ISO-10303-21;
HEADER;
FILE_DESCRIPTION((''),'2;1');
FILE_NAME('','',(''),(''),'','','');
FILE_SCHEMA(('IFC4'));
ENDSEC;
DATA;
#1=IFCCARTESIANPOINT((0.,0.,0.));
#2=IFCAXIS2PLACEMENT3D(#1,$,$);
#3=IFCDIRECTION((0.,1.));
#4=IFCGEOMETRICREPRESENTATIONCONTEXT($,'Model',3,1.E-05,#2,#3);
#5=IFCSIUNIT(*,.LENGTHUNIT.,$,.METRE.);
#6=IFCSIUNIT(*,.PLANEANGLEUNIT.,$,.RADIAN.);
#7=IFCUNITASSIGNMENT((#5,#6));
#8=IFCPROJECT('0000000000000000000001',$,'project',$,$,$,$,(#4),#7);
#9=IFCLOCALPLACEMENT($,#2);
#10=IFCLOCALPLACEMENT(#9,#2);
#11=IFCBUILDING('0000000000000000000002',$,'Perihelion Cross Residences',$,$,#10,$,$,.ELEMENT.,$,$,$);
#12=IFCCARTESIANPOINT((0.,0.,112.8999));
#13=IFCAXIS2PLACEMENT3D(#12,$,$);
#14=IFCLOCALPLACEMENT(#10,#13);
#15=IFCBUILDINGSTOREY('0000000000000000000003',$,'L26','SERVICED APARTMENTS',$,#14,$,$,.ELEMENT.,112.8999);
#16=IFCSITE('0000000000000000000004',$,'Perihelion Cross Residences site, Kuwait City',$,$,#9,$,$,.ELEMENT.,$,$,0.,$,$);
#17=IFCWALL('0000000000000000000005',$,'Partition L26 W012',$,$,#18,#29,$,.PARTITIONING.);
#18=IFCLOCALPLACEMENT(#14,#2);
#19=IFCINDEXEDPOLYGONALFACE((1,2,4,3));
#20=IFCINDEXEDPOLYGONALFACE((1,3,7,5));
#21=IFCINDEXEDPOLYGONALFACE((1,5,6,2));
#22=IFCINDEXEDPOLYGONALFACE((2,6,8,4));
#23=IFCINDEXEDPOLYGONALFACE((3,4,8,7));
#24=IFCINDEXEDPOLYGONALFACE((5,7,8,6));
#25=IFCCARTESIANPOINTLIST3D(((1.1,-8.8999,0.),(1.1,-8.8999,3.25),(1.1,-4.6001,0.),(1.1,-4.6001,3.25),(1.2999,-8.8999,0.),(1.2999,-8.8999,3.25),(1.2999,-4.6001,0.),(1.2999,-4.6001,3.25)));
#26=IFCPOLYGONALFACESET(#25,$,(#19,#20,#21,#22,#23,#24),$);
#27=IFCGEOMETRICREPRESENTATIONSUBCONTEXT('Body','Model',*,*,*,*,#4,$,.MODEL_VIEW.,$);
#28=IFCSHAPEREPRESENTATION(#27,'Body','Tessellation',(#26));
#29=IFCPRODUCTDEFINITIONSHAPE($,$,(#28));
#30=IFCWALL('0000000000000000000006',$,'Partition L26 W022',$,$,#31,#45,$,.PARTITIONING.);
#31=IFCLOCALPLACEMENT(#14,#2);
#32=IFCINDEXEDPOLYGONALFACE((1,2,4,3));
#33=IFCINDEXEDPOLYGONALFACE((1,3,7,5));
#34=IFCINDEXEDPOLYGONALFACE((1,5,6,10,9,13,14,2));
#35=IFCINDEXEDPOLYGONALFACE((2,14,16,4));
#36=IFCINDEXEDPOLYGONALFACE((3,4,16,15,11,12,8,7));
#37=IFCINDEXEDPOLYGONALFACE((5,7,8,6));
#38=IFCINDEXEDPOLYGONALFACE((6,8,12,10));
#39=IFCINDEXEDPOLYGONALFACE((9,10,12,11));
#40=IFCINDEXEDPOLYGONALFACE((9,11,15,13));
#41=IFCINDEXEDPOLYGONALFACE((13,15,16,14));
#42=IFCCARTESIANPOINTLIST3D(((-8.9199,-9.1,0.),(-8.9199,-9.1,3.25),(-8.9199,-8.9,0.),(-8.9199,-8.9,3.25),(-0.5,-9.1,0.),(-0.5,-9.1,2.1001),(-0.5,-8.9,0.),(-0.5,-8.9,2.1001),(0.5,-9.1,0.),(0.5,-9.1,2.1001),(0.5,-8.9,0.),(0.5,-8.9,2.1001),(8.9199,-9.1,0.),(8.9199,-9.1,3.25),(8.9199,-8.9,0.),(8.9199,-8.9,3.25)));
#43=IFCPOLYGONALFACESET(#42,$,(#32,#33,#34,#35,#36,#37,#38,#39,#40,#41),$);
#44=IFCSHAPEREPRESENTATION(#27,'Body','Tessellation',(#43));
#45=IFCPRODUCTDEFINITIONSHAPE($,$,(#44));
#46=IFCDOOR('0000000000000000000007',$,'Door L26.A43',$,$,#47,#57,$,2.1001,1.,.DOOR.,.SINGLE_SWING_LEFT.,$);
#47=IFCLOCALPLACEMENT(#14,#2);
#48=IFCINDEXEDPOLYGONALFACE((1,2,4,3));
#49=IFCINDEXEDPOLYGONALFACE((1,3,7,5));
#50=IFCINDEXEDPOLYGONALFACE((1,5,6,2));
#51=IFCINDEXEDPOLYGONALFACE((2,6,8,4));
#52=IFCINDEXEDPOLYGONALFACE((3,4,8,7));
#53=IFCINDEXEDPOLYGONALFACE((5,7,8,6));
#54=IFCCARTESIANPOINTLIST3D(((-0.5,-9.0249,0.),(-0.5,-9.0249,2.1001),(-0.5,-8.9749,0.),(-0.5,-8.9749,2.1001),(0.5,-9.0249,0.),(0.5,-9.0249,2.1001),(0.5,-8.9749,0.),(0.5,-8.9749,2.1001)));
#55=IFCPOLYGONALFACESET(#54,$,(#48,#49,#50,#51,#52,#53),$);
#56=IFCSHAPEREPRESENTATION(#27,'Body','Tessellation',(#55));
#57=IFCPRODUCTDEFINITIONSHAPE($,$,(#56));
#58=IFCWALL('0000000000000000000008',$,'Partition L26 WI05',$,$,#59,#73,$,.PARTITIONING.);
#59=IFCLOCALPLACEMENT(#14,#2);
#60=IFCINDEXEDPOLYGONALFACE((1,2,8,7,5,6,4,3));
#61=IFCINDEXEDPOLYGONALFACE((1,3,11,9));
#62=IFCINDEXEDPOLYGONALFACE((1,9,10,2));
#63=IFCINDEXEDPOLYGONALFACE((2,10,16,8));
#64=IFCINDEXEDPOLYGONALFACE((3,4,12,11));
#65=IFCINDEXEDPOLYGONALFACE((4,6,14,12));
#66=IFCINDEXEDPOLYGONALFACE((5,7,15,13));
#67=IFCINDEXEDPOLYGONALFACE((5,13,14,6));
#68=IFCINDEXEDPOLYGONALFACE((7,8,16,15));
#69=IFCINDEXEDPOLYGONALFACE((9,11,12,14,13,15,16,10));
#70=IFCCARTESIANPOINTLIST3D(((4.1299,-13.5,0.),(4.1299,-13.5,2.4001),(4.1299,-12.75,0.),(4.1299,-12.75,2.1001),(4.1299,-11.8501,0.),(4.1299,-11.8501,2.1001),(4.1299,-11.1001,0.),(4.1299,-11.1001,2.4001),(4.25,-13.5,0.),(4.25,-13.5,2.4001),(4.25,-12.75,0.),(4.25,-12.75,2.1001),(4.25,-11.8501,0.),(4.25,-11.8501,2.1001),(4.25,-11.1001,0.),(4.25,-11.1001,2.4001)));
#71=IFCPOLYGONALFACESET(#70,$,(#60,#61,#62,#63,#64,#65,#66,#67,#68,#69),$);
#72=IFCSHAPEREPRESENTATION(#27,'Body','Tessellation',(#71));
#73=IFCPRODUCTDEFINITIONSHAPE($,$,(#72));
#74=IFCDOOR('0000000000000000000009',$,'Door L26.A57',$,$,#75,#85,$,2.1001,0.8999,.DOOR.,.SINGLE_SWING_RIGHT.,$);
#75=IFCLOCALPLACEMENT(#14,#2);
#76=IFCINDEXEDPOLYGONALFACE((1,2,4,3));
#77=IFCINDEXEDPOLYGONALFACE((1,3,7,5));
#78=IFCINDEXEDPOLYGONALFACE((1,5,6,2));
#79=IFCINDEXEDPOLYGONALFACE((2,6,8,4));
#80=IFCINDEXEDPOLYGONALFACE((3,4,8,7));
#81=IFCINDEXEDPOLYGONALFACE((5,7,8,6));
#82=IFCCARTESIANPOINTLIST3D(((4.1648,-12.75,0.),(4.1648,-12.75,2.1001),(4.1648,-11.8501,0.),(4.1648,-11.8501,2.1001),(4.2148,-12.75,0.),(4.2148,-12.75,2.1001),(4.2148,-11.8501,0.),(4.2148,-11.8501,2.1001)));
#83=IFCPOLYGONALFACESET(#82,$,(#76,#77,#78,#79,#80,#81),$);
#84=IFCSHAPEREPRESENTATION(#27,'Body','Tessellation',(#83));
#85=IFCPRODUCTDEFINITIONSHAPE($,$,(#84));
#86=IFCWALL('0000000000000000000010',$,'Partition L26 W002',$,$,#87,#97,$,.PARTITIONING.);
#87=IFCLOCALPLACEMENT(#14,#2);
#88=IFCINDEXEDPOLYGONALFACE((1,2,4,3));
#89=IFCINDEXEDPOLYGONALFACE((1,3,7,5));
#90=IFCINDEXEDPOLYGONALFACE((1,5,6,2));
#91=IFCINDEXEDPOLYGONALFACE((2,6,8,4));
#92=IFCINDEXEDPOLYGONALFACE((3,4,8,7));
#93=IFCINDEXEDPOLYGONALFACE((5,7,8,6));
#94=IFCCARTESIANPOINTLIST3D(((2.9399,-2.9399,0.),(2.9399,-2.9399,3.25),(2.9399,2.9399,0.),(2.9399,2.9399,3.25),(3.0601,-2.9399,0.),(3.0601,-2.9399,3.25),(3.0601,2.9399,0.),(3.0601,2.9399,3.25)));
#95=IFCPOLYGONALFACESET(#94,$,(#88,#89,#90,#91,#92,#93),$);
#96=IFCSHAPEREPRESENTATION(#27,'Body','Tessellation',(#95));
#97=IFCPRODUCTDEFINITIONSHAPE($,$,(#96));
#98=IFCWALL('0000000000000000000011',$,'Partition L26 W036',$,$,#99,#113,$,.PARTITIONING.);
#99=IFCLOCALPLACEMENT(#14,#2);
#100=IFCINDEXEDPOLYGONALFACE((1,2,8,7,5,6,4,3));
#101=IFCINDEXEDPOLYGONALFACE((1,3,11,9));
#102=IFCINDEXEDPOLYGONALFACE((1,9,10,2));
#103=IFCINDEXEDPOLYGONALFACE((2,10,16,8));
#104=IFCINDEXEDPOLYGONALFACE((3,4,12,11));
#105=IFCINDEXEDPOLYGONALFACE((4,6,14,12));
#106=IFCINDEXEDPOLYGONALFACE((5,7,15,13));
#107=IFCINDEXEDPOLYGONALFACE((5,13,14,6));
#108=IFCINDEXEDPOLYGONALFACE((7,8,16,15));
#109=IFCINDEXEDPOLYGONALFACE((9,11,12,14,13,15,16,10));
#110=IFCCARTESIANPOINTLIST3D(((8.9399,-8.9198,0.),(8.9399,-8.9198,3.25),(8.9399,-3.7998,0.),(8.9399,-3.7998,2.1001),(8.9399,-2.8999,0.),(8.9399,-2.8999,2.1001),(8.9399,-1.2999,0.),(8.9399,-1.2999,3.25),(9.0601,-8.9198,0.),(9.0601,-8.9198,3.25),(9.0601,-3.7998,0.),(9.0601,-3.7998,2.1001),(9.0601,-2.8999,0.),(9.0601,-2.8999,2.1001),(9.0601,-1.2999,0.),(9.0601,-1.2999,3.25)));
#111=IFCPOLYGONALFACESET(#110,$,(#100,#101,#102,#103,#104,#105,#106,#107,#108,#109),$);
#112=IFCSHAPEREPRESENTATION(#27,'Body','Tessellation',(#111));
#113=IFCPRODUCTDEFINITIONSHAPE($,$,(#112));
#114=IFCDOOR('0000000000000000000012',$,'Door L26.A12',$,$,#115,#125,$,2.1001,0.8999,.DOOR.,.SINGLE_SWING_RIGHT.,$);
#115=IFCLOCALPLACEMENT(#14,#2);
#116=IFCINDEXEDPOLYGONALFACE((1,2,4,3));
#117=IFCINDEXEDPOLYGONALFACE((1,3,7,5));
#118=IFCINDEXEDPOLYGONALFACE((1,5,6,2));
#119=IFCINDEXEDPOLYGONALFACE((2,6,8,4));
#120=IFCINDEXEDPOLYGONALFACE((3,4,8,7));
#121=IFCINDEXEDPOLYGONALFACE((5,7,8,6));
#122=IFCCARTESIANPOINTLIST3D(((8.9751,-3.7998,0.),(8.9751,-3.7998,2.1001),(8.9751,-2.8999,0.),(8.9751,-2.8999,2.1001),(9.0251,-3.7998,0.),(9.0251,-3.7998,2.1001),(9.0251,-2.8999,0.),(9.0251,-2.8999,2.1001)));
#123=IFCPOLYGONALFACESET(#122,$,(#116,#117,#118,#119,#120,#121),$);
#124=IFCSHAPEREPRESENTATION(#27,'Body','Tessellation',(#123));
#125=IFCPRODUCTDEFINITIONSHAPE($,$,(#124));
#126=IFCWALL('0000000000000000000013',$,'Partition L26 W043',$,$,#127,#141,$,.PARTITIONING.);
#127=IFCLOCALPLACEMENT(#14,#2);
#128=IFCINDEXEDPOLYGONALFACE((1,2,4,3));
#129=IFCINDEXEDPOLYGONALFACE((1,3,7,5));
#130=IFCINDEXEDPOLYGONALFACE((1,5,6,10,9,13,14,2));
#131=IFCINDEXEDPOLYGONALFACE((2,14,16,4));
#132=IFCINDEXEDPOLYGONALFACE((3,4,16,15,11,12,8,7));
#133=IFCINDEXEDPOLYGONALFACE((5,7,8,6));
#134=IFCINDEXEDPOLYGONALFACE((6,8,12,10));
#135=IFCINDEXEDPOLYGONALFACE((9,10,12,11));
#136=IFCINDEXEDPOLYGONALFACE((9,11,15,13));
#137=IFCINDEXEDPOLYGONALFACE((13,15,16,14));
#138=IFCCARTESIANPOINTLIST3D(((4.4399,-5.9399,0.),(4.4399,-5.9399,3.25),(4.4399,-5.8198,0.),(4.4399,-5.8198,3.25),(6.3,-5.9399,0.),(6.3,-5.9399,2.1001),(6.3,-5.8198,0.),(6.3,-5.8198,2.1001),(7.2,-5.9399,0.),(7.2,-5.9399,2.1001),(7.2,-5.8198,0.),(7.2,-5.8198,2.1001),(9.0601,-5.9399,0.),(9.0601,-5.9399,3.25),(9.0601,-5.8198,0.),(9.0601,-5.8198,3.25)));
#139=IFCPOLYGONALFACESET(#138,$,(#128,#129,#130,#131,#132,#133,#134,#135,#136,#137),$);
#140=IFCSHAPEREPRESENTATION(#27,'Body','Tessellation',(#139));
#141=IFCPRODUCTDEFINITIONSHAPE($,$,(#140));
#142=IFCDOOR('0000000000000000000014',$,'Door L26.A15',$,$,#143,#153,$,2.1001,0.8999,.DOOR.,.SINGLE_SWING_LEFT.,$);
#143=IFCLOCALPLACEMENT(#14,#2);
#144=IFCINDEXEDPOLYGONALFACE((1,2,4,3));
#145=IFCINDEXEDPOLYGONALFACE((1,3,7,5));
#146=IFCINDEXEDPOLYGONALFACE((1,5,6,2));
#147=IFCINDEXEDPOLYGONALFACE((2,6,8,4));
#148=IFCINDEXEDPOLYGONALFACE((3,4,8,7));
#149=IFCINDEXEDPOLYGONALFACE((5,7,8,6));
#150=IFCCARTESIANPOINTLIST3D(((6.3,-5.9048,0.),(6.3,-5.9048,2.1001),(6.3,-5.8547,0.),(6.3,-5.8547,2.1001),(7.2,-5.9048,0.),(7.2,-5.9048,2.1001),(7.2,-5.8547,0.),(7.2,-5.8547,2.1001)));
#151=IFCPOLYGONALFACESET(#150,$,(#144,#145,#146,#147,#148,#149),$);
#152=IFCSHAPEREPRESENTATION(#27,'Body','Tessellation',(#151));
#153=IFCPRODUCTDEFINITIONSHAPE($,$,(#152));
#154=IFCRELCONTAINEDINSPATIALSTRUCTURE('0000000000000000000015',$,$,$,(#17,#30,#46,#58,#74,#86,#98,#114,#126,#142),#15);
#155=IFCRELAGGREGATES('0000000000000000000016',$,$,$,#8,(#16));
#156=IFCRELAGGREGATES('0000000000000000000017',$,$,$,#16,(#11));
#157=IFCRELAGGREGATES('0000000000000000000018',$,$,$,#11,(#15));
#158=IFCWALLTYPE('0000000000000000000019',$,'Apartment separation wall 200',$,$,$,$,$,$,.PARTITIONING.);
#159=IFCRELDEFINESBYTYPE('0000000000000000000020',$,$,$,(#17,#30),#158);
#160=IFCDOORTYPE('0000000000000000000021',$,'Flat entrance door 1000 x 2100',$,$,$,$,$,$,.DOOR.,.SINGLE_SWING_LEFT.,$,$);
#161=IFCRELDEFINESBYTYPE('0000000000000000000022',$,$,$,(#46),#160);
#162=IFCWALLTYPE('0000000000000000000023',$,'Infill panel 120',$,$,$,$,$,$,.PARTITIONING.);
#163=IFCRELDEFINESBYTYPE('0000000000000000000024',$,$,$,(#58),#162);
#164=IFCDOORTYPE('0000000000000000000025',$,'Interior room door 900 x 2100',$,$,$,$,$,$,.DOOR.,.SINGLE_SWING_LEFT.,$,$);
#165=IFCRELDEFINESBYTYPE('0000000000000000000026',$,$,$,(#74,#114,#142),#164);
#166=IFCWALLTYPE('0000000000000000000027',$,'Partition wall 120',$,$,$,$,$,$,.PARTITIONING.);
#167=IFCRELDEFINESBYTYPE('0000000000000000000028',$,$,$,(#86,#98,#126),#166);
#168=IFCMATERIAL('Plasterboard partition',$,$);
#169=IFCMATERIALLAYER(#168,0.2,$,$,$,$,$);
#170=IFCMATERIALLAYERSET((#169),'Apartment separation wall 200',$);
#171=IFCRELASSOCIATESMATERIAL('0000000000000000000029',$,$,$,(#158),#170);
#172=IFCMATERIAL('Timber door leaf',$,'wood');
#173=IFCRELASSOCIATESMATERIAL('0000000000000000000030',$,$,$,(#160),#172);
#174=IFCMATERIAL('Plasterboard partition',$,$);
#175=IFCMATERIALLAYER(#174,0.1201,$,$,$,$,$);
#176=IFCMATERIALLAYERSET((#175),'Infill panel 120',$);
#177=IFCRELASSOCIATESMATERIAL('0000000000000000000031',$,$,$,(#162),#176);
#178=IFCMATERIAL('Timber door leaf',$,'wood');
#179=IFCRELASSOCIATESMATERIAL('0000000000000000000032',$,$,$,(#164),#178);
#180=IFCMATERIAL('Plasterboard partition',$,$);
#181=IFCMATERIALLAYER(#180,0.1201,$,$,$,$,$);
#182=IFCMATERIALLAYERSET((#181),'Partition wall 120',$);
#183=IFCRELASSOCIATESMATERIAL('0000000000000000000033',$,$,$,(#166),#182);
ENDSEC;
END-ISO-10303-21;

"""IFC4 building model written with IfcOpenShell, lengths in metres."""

from ifc_helpers import new_model, si_unit, direction, frame, frame_2d, origin, place, context, subcontext, project, spatial, rectangle, extrude, material, layer, layer_set, type_object, element, fill, save


model = new_model("IFC4")

# Units and contexts
model_context = context("Model", 3, precision=1e-05, world=origin(), true_north=direction((0.0, 1.0)))
body_context = subcontext(model_context, "Body", "Model", "MODEL_VIEW")
ifc_project = project(units=[si_unit("LENGTHUNIT", "METRE"), si_unit("PLANEANGLEUNIT", "RADIAN")], contexts=[model_context])

# Site, building, storey
site_placement = place(None, origin())
site = spatial("IfcSite", under=ifc_project, at=site_placement, Name="Perihelion Cross Residences site, Kuwait City", CompositionType="ELEMENT", RefElevation=0.0)
building_placement = place(site_placement, origin())
building = spatial("IfcBuilding", under=site, at=building_placement, Name="Perihelion Cross Residences", CompositionType="ELEMENT")
storey_placement = place(building_placement, frame((0.0, 0.0, 112.8999)))
storey = spatial("IfcBuildingStorey", under=building, at=storey_placement, Name="L26", Description="SERVICED APARTMENTS", CompositionType="ELEMENT", Elevation=112.8999)

# Wall
ifc_material_1 = material(Name="Plasterboard partition")
ifc_layer_1 = layer(ifc_material_1, 0.2)
ifc_layer_set_1 = layer_set([ifc_layer_1], Name="Apartment separation wall 200")
wall_type_1 = type_object("IfcWallType", Name="Apartment separation wall 200", PredefinedType="PARTITIONING", material=ifc_layer_set_1)
wall_1_placement = place(storey_placement, frame((1.2, -4.6001, 0.0), z_axis=(0.0, 0.0, 1.0), x_axis=(0.0, -1.0, 0.0)))
element("IfcWall", 1, at=wall_1_placement, inside=storey, type_object=wall_type_1, Name="Partition L26 W012", PredefinedType="PARTITIONING", context=body_context, shape_type="SweptSolid", body=[
    extrude(rectangle(XDim=4.2998, YDim=0.2, at=frame_2d((2.1499, 0.0))), origin(), (0.0, 0.0, 1.0), 3.25),
])

# Walls, openings, doors
wall_2_placement = place(storey_placement, frame((8.9199, -9.0, 0.0), z_axis=(0.0, 0.0, 1.0), x_axis=(-1.0, 0.0, 0.0)))
wall_2 = element("IfcWall", 2, at=wall_2_placement, inside=storey, type_object=wall_type_1, Name="Partition L26 W022", PredefinedType="PARTITIONING", context=body_context, shape_type="SweptSolid", body=[
    extrude(rectangle(XDim=17.8398, YDim=0.2, at=frame_2d((8.9199, 0.0))), origin(), (0.0, 0.0, 1.0), 3.25),
])
opening_1_placement = place(wall_2_placement, frame((8.4199, 0.0, 0.0)))
opening_1 = element("IfcOpeningElement", 3, at=opening_1_placement, cuts=wall_2, PredefinedType="OPENING", context=body_context, shape_type="SweptSolid", body=[
    extrude(rectangle(XDim=1.0, YDim=2.1001, at=frame_2d((0.5, 1.05))), frame((0.0, 0.1099, 0.0), z_axis=(0.0, -1.0, 0.0), x_axis=(1.0, 0.0, 0.0)), (0.0, 0.0, 1.0), 0.22),
])
ifc_material_2 = material(Name="Timber door leaf", Category="wood")
door_type_1 = type_object("IfcDoorType", Name="Flat entrance door 1000 x 2100", OperationType="SINGLE_SWING_LEFT", PredefinedType="DOOR", material=ifc_material_2)
door_1_placement = place(opening_1_placement, origin())
door_1 = element("IfcDoor", 4, at=door_1_placement, inside=storey, type_object=door_type_1, Name="Door L26.A43", OperationType="SINGLE_SWING_LEFT", OverallHeight=2.1001, OverallWidth=1.0, PredefinedType="DOOR", context=body_context, shape_type="SweptSolid", body=[
    extrude(rectangle(XDim=1.0, YDim=2.1001, at=frame_2d((0.5, 1.05))), frame((0.0, 0.0249, 0.0), z_axis=(0.0, -1.0, 0.0), x_axis=(1.0, 0.0, 0.0)), (0.0, 0.0, 1.0), 0.05),
])
fill(opening_1, door_1)
ifc_material_3 = material(Name="Plasterboard partition")
ifc_layer_2 = layer(ifc_material_3, 0.1201)
ifc_layer_set_2 = layer_set([ifc_layer_2], Name="Infill panel 120")
wall_type_2 = type_object("IfcWallType", Name="Infill panel 120", PredefinedType="PARTITIONING", material=ifc_layer_set_2)
wall_3_placement = place(storey_placement, frame((4.1899, -11.1001, 0.0), z_axis=(0.0, 0.0, 1.0), x_axis=(0.0, -1.0, 0.0)))
wall_3 = element("IfcWall", 5, at=wall_3_placement, inside=storey, type_object=wall_type_2, Name="Partition L26 WI05", PredefinedType="PARTITIONING", context=body_context, shape_type="SweptSolid", body=[
    extrude(rectangle(XDim=2.3999, YDim=0.1201, at=frame_2d((1.2, 0.0))), origin(), (0.0, 0.0, 1.0), 2.4001),
])
opening_2_placement = place(wall_3_placement, frame((0.75, 0.0, 0.0)))
opening_2 = element("IfcOpeningElement", 6, at=opening_2_placement, cuts=wall_3, PredefinedType="OPENING", context=body_context, shape_type="SweptSolid", body=[
    extrude(rectangle(XDim=0.8999, YDim=2.1001, at=frame_2d((0.45, 1.05))), frame((0.0, 0.0701, 0.0), z_axis=(0.0, -1.0, 0.0), x_axis=(1.0, 0.0, 0.0)), (0.0, 0.0, 1.0), 0.1401),
])
ifc_material_4 = material(Name="Timber door leaf", Category="wood")
door_type_2 = type_object("IfcDoorType", Name="Interior room door 900 x 2100", OperationType="SINGLE_SWING_LEFT", PredefinedType="DOOR", material=ifc_material_4)
door_2_placement = place(opening_2_placement, origin())
door_2 = element("IfcDoor", 7, at=door_2_placement, inside=storey, type_object=door_type_2, Name="Door L26.A57", OperationType="SINGLE_SWING_RIGHT", OverallHeight=2.1001, OverallWidth=0.8999, PredefinedType="DOOR", context=body_context, shape_type="SweptSolid", body=[
    extrude(rectangle(XDim=0.8999, YDim=2.1001, at=frame_2d((0.45, 1.05))), frame((0.0, 0.0249, 0.0), z_axis=(0.0, -1.0, 0.0), x_axis=(1.0, 0.0, 0.0)), (0.0, 0.0, 1.0), 0.05),
])
fill(opening_2, door_2)

# Wall
ifc_material_5 = material(Name="Plasterboard partition")
ifc_layer_3 = layer(ifc_material_5, 0.1201)
ifc_layer_set_3 = layer_set([ifc_layer_3], Name="Partition wall 120")
wall_type_3 = type_object("IfcWallType", Name="Partition wall 120", PredefinedType="PARTITIONING", material=ifc_layer_set_3)
wall_4_placement = place(storey_placement, frame((3.0, -2.9399, 0.0), z_axis=(0.0, 0.0, 1.0), x_axis=(0.0, 1.0, 0.0)))
element("IfcWall", 8, at=wall_4_placement, inside=storey, type_object=wall_type_3, Name="Partition L26 W002", PredefinedType="PARTITIONING", context=body_context, shape_type="SweptSolid", body=[
    extrude(rectangle(XDim=5.8799, YDim=0.1201, at=frame_2d((2.9399, 0.0))), origin(), (0.0, 0.0, 1.0), 3.25),
])

# Walls, openings, doors
wall_5_placement = place(storey_placement, frame((9.0, -8.9199, 0.0), z_axis=(0.0, 0.0, 1.0), x_axis=(0.0, 1.0, 0.0)))
wall_5 = element("IfcWall", 9, at=wall_5_placement, inside=storey, type_object=wall_type_3, Name="Partition L26 W036", PredefinedType="PARTITIONING", context=body_context, shape_type="SweptSolid", body=[
    extrude(rectangle(XDim=7.6199, YDim=0.1201, at=frame_2d((3.8101, 0.0))), origin(), (0.0, 0.0, 1.0), 3.25),
])
opening_3_placement = place(wall_5_placement, frame((5.1201, 0.0, 0.0)))
opening_3 = element("IfcOpeningElement", 10, at=opening_3_placement, cuts=wall_5, PredefinedType="OPENING", context=body_context, shape_type="SweptSolid", body=[
    extrude(rectangle(XDim=0.8999, YDim=2.1001, at=frame_2d((0.45, 1.05))), frame((0.0, 0.0701, 0.0), z_axis=(0.0, -1.0, 0.0), x_axis=(1.0, 0.0, 0.0)), (0.0, 0.0, 1.0), 0.1401),
])
door_3_placement = place(opening_3_placement, origin())
door_3 = element("IfcDoor", 11, at=door_3_placement, inside=storey, type_object=door_type_2, Name="Door L26.A12", OperationType="SINGLE_SWING_RIGHT", OverallHeight=2.1001, OverallWidth=0.8999, PredefinedType="DOOR", context=body_context, shape_type="SweptSolid", body=[
    extrude(rectangle(XDim=0.8999, YDim=2.1001, at=frame_2d((0.45, 1.05))), frame((0.0, 0.0249, 0.0), z_axis=(0.0, -1.0, 0.0), x_axis=(1.0, 0.0, 0.0)), (0.0, 0.0, 1.0), 0.05),
])
fill(opening_3, door_3)
wall_6_placement = place(storey_placement, frame((9.0601, -5.8799, 0.0), z_axis=(0.0, 0.0, 1.0), x_axis=(-1.0, 0.0, 0.0)))
wall_6 = element("IfcWall", 12, at=wall_6_placement, inside=storey, type_object=wall_type_3, Name="Partition L26 W043", PredefinedType="PARTITIONING", context=body_context, shape_type="SweptSolid", body=[
    extrude(rectangle(XDim=4.6201, YDim=0.1201, at=frame_2d((2.3101, 0.0))), origin(), (0.0, 0.0, 1.0), 3.25),
])
opening_4_placement = place(wall_6_placement, frame((1.8601, 0.0, 0.0)))
opening_4 = element("IfcOpeningElement", 13, at=opening_4_placement, cuts=wall_6, PredefinedType="OPENING", context=body_context, shape_type="SweptSolid", body=[
    extrude(rectangle(XDim=0.8999, YDim=2.1001, at=frame_2d((0.45, 1.05))), frame((0.0, 0.0701, 0.0), z_axis=(0.0, -1.0, 0.0), x_axis=(1.0, 0.0, 0.0)), (0.0, 0.0, 1.0), 0.1401),
])
door_4_placement = place(opening_4_placement, origin())
door_4 = element("IfcDoor", 14, at=door_4_placement, inside=storey, type_object=door_type_2, Name="Door L26.A15", OperationType="SINGLE_SWING_LEFT", OverallHeight=2.1001, OverallWidth=0.8999, PredefinedType="DOOR", context=body_context, shape_type="SweptSolid", body=[
    extrude(rectangle(XDim=0.8999, YDim=2.1001, at=frame_2d((0.45, 1.05))), frame((0.0, 0.0249, 0.0), z_axis=(0.0, -1.0, 0.0), x_axis=(1.0, 0.0, 0.0)), (0.0, 0.0, 1.0), 0.05),
])
fill(opening_4, door_4)

save(model, "model.ifc")
